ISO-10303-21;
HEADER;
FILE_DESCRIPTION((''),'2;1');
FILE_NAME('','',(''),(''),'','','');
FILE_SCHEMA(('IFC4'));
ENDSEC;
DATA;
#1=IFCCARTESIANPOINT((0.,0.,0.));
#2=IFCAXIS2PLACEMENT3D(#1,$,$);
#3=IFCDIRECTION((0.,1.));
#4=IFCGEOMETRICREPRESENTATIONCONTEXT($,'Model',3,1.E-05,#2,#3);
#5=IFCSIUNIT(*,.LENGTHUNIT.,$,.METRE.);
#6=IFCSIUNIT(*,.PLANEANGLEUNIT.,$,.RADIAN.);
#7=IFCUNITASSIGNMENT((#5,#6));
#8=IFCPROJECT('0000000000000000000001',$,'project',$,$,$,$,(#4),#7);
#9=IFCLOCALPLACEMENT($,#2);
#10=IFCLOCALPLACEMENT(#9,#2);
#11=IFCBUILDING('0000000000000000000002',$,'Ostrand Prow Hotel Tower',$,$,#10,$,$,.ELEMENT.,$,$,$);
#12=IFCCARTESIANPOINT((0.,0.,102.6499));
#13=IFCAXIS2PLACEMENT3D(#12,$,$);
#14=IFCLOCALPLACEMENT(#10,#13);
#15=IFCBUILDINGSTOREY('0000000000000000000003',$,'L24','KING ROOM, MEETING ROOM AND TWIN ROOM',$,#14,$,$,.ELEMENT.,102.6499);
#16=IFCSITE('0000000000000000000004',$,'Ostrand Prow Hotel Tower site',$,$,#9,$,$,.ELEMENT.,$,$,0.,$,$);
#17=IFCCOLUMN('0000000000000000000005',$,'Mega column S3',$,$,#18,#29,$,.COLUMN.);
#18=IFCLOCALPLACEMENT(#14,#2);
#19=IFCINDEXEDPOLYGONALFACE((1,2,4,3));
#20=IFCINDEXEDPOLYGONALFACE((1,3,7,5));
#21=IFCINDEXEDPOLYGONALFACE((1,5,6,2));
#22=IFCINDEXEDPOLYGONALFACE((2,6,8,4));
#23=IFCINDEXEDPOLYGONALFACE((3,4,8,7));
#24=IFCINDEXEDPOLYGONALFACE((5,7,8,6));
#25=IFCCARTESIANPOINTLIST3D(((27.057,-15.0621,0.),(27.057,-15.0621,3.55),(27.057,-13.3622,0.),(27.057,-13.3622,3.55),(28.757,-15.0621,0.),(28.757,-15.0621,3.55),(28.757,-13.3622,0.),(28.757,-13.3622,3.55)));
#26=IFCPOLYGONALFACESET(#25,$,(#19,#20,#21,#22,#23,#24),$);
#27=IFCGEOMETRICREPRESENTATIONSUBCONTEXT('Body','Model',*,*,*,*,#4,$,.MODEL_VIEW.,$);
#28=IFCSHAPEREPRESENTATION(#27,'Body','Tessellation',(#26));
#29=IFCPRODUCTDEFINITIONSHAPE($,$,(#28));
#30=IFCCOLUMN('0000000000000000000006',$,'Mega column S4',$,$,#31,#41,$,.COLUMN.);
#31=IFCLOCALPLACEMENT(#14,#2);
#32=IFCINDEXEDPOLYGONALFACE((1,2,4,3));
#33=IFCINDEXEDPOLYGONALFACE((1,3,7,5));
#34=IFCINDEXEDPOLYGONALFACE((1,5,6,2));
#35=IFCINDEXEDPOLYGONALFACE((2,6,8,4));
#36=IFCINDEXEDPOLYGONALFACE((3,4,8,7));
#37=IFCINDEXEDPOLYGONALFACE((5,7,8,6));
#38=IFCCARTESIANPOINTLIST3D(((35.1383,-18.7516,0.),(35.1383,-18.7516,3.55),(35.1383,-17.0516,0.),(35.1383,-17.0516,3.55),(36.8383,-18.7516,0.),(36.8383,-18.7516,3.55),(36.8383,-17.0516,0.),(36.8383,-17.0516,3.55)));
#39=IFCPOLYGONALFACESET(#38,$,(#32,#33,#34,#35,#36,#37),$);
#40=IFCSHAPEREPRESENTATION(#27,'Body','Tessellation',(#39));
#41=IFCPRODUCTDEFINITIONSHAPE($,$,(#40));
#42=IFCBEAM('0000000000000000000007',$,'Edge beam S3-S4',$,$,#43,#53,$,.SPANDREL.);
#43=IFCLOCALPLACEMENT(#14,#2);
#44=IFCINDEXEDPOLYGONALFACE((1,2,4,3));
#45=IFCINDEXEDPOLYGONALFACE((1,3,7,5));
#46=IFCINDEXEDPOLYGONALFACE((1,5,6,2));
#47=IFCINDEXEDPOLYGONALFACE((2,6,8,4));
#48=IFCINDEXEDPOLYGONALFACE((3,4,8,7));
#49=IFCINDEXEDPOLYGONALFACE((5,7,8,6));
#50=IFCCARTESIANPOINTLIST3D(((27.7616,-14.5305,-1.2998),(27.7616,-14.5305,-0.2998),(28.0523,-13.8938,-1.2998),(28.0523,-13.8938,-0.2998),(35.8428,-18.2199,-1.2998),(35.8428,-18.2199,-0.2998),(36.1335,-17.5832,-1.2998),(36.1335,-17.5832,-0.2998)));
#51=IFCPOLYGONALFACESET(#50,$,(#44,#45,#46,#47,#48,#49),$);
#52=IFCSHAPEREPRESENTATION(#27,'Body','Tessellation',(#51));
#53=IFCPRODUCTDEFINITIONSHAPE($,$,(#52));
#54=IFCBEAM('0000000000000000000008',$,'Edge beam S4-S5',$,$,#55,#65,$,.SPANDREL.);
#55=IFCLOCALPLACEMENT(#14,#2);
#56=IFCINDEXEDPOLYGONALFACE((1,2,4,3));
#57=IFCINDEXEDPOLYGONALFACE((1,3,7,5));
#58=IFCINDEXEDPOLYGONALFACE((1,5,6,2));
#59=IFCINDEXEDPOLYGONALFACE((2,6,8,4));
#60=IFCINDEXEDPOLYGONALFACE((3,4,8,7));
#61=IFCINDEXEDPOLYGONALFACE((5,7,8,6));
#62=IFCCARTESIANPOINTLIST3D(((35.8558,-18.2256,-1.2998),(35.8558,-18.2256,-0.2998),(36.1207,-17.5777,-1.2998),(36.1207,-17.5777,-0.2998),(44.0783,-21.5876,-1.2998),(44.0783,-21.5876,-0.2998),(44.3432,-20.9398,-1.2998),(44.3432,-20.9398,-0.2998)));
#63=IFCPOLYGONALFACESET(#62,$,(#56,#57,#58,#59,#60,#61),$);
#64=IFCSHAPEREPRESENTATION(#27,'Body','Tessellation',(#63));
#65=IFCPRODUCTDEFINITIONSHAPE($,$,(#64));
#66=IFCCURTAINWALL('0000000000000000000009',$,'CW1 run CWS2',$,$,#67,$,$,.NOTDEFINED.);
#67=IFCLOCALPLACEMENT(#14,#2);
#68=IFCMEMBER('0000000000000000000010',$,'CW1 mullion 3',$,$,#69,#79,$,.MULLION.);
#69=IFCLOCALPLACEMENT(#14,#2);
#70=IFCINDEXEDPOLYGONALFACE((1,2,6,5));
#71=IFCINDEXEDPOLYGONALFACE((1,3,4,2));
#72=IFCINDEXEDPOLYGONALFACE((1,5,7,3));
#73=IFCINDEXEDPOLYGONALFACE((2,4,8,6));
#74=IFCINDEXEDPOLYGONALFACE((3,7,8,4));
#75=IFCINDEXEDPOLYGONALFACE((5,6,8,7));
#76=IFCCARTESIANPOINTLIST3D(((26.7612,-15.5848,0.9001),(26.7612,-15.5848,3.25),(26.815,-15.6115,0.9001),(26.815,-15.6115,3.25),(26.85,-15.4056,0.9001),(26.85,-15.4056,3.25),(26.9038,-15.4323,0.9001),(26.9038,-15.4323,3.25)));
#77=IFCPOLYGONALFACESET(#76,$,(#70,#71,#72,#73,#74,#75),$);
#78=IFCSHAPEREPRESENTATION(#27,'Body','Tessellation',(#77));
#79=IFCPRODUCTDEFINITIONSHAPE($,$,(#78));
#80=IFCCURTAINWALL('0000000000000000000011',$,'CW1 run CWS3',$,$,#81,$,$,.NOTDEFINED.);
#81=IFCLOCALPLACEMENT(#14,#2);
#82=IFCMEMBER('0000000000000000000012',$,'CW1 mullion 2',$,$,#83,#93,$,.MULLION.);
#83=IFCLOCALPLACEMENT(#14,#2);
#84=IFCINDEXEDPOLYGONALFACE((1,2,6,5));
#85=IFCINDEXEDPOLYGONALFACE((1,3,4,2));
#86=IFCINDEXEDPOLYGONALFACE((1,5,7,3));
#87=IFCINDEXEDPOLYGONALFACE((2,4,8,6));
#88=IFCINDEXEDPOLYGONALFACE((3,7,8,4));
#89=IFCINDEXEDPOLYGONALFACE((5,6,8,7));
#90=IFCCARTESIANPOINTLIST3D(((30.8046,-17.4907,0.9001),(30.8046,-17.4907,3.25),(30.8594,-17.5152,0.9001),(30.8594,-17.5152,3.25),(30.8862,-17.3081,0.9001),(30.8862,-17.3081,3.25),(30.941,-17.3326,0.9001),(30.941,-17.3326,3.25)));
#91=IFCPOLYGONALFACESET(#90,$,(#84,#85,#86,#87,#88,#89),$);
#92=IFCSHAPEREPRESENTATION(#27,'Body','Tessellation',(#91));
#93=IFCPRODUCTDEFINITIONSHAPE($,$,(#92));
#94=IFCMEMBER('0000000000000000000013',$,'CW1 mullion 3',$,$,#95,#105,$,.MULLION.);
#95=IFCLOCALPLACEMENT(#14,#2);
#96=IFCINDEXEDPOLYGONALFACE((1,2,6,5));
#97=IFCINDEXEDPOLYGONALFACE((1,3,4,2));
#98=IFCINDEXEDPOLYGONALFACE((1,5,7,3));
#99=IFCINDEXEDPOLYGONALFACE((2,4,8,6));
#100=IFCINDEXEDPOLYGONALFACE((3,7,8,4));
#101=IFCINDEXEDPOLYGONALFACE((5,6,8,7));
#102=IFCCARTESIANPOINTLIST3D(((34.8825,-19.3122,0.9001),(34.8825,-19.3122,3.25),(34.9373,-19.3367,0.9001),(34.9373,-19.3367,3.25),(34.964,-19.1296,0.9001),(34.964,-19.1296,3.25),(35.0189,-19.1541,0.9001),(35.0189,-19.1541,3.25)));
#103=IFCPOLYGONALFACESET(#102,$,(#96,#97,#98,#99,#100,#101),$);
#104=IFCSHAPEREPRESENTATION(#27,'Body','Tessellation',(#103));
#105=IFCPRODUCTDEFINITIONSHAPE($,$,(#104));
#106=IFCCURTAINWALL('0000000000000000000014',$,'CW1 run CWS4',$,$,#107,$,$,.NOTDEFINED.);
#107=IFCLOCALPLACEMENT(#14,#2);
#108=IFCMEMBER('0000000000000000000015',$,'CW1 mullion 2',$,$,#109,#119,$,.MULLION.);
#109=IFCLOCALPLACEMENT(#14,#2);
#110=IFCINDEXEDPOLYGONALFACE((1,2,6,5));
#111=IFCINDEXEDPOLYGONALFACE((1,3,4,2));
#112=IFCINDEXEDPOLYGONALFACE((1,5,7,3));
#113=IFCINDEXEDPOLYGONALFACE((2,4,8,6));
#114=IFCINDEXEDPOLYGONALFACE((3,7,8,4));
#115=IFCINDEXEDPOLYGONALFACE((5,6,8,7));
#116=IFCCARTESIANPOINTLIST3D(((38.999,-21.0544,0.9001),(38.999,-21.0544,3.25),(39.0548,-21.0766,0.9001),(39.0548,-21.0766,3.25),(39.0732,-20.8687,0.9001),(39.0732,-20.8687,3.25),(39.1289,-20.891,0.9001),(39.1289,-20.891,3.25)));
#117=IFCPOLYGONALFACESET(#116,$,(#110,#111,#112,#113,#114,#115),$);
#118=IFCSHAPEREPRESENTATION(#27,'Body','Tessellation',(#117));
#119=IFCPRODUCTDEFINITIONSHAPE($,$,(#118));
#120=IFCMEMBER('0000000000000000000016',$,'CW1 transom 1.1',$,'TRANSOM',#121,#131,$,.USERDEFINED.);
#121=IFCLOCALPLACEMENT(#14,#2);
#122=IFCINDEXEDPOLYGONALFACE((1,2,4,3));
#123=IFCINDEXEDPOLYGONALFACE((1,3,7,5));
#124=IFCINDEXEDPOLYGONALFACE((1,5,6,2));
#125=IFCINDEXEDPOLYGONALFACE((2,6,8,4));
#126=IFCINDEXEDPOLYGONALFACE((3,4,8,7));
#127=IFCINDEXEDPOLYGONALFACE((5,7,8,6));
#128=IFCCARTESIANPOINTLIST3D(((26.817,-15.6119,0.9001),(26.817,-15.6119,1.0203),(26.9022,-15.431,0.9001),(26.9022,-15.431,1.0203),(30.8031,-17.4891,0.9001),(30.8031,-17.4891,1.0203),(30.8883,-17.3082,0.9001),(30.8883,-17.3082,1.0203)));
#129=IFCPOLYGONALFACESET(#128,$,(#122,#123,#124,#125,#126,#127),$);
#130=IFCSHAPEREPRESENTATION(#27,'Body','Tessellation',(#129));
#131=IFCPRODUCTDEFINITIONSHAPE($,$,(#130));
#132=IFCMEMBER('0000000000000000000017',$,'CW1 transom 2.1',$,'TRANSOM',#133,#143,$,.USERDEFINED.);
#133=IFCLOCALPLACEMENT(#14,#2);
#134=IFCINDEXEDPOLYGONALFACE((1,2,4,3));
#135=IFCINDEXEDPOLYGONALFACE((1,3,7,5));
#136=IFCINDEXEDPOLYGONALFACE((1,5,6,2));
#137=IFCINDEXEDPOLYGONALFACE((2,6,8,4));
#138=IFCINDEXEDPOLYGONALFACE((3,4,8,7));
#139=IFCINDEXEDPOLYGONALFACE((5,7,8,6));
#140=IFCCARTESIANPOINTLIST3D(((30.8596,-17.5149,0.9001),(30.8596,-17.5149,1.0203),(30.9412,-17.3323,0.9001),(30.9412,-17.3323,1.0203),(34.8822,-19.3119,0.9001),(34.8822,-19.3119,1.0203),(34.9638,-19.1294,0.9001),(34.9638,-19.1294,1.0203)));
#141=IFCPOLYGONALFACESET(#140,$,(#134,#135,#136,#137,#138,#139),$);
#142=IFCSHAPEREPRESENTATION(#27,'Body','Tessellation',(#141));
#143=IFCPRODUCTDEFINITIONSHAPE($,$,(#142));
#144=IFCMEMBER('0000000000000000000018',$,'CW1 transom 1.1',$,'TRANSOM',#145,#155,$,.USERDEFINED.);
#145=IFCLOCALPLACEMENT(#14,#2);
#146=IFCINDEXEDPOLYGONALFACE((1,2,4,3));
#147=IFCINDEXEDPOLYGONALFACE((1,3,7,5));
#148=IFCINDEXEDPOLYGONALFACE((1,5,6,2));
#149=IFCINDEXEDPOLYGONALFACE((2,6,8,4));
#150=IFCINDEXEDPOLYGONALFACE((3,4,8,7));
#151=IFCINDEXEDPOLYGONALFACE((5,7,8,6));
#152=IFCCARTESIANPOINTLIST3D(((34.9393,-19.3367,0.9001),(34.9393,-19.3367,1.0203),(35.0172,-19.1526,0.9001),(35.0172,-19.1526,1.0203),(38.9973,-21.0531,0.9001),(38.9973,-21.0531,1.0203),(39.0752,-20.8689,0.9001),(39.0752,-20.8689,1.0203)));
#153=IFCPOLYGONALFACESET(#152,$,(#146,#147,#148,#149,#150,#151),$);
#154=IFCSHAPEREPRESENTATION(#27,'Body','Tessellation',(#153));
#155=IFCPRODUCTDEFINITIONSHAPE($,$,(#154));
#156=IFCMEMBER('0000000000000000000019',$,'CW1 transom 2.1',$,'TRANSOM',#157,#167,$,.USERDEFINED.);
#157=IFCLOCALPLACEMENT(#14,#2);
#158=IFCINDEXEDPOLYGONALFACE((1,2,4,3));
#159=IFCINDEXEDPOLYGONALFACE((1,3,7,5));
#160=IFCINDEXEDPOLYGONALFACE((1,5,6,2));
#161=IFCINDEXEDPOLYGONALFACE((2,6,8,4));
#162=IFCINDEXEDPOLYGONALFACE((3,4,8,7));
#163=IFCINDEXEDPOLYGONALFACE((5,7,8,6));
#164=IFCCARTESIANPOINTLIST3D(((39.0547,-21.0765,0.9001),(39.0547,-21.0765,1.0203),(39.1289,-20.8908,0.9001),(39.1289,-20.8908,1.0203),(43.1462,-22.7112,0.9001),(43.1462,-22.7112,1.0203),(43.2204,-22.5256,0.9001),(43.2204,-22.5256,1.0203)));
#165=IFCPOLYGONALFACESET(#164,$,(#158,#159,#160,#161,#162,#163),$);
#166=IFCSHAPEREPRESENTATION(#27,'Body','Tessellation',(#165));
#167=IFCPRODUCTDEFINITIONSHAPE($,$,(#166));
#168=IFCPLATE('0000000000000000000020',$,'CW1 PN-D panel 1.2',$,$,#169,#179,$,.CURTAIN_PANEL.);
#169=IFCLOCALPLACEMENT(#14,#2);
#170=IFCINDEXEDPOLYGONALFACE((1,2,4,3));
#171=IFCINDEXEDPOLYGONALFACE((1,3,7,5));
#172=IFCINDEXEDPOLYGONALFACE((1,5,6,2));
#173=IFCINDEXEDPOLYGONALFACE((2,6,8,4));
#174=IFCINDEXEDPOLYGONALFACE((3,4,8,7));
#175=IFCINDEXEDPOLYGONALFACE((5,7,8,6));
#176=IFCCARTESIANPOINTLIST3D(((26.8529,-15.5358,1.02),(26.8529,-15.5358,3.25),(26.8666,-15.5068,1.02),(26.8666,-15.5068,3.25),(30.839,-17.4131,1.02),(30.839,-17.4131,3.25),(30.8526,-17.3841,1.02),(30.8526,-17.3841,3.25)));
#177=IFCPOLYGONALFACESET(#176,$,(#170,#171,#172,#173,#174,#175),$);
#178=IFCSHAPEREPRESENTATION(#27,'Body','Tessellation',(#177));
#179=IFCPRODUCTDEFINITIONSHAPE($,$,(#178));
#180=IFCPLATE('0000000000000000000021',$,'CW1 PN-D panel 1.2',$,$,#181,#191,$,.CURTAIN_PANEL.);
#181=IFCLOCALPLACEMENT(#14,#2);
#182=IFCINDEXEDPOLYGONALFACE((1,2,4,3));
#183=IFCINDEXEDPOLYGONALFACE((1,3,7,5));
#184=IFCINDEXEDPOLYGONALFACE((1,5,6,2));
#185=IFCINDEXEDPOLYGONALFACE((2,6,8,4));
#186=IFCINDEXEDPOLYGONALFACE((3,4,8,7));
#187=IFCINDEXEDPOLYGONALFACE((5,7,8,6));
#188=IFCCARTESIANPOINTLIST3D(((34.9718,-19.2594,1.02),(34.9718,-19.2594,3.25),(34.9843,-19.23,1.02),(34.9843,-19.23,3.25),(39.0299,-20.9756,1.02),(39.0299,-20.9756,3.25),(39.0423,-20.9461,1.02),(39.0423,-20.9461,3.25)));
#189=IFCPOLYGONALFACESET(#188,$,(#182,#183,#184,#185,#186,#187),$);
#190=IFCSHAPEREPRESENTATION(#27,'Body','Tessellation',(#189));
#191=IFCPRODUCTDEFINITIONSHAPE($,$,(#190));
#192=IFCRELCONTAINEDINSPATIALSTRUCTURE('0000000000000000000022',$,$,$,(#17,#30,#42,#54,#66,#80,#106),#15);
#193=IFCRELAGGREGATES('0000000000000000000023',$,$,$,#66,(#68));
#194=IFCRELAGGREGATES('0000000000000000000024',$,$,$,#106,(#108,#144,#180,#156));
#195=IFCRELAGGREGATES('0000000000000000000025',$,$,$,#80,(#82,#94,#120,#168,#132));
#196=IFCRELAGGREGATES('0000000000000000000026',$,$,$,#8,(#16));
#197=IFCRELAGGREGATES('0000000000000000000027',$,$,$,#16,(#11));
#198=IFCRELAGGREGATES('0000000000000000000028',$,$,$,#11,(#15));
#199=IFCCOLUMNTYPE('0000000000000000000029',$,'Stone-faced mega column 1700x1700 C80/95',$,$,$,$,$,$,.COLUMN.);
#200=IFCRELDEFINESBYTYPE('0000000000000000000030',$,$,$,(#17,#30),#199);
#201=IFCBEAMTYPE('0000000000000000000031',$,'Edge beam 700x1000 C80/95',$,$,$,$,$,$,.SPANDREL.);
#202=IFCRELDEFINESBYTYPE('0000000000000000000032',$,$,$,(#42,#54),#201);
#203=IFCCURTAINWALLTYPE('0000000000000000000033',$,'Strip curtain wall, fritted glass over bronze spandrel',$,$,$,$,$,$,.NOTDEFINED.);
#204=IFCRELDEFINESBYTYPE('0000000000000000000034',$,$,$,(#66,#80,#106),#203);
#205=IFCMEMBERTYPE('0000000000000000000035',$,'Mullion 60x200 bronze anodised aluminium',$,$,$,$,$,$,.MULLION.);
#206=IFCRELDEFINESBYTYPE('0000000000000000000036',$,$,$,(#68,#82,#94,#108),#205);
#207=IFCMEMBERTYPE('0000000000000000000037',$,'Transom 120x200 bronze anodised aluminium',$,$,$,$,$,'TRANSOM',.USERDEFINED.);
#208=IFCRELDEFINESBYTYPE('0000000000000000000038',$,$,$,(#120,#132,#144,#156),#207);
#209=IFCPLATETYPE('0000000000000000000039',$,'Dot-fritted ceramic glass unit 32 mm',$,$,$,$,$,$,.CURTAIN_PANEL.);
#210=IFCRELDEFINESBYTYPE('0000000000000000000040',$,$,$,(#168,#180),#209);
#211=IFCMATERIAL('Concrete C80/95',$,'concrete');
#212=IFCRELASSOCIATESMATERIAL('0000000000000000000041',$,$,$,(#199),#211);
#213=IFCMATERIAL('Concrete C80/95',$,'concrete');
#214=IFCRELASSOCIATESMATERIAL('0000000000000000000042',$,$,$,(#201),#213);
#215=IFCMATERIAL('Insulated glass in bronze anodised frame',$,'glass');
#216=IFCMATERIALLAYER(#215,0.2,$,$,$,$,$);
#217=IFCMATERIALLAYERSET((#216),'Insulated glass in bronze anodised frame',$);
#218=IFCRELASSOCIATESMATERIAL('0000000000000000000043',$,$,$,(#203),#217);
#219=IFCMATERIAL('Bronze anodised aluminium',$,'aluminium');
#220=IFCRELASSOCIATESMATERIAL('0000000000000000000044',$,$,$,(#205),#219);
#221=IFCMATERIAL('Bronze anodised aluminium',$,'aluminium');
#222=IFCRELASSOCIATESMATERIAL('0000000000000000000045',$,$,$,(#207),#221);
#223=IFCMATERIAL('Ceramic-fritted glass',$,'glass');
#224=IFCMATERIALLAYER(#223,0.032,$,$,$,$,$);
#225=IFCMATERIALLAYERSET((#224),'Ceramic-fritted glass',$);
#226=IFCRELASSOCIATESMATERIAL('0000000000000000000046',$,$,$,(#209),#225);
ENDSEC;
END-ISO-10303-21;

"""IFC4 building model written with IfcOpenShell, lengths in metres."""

from ifc_helpers import new_model, si_unit, direction, frame, origin, origin_2d, place, context, subcontext, project, spatial, rectangle, extrude, material, layer, layer_set, material_profile, profile_set, type_object, element, aggregate, save


model = new_model("IFC4")

# Units and contexts
model_context = context("Model", 3, precision=1e-05, world=origin(), true_north=direction((0.0, 1.0)))
body_context = subcontext(model_context, "Body", "Model", "MODEL_VIEW")
ifc_project = project(units=[si_unit("LENGTHUNIT", "METRE"), si_unit("PLANEANGLEUNIT", "RADIAN")], contexts=[model_context])

# Site, building, storey
site_placement = place(None, origin())
site = spatial("IfcSite", under=ifc_project, at=site_placement, Name="Ostrand Prow Hotel Tower site", CompositionType="ELEMENT", RefElevation=0.0)
building_placement = place(site_placement, origin())
building = spatial("IfcBuilding", under=site, at=building_placement, Name="Ostrand Prow Hotel Tower", CompositionType="ELEMENT")
storey_placement = place(building_placement, frame((0.0, 0.0, 102.6499)))
storey = spatial("IfcBuildingStorey", under=building, at=storey_placement, Name="L24", Description="KING ROOM, MEETING ROOM AND TWIN ROOM", CompositionType="ELEMENT", Elevation=102.6499)

# Columns
ifc_material_1 = material(Name="Concrete C80/95", Category="concrete")
ifc_material_profile_1 = material_profile(ifc_material_1, rectangle(XDim=1.7, YDim=1.7, at=origin_2d()), Name="RC 1700x1700")
ifc_profile_set_1 = profile_set([ifc_material_profile_1], Name="Concrete C80/95")
column_type = type_object("IfcColumnType", Name="Stone-faced mega column 1700x1700 C80/95", PredefinedType="COLUMN", material=ifc_profile_set_1)
for number, where, z_axis, x_axis, name in (
    (1, (27.907, -14.2122, 0.0), (0.0, 0.0, 1.0), (1.0, 0.0, 0.0), "Mega column S3"),
    (2, (35.9883, -17.9016, 0.0), (0.0, 0.0, 1.0), (1.0, 0.0, 0.0), "Mega column S4"),
):
    element("IfcColumn", number, at=place(storey_placement, frame(where, z_axis=z_axis, x_axis=x_axis)), inside=storey, type_object=column_type, Name=name, PredefinedType="COLUMN", context=body_context, shape_type="SweptSolid", body=[
        extrude(rectangle(XDim=1.7, YDim=1.7, at=origin_2d()), origin(), (0.0, 0.0, 1.0), 3.55),
    ])

# Beams
ifc_material_2 = material(Name="Concrete C80/95", Category="concrete")
ifc_material_profile_2 = material_profile(ifc_material_2, rectangle(XDim=0.7, YDim=1.0, at=origin_2d()), Name="RC 700x1000")
ifc_profile_set_2 = profile_set([ifc_material_profile_2], Name="Concrete C80/95")
beam_type = type_object("IfcBeamType", Name="Edge beam 700x1000 C80/95", PredefinedType="SPANDREL", material=ifc_profile_set_2)
beam_1_placement = place(storey_placement, frame((27.907, -14.2122, -0.7998), z_axis=(0.909681, -0.415308, 0.0), x_axis=(0.415308, 0.909681, 0.0)))
element("IfcBeam", 3, at=beam_1_placement, inside=storey, type_object=beam_type, Name="Edge beam S3-S4", PredefinedType="SPANDREL", context=body_context, shape_type="SweptSolid", body=[
    extrude(rectangle(XDim=0.7, YDim=1.0, at=origin_2d()), origin(), (0.0, 0.0, 1.0), 8.8835),
])
beam_2_placement = place(storey_placement, frame((35.9883, -17.9016, -0.7998), z_axis=(0.925612, -0.378473, 0.0), x_axis=(0.378473, 0.925612, 0.0)))
element("IfcBeam", 4, at=beam_2_placement, inside=storey, type_object=beam_type, Name="Edge beam S4-S5", PredefinedType="SPANDREL", context=body_context, shape_type="SweptSolid", body=[
    extrude(rectangle(XDim=0.7, YDim=1.0, at=origin_2d()), origin(), (0.0, 0.0, 1.0), 8.8833),
])

# Curtain wall, member
ifc_material_3 = material(Name="Insulated glass in bronze anodised frame", Category="glass")
ifc_layer_1 = layer(ifc_material_3, 0.2)
ifc_layer_set_1 = layer_set([ifc_layer_1], Name="Insulated glass in bronze anodised frame")
curtain_wall_type = type_object("IfcCurtainWallType", Name="Strip curtain wall, fritted glass over bronze spandrel", PredefinedType="NOTDEFINED", material=ifc_layer_set_1)
curtain_wall_1_placement = place(storey_placement, origin())
curtain_wall_1 = element("IfcCurtainWall", 5, at=curtain_wall_1_placement, inside=storey, type_object=curtain_wall_type, Name="CW1 run CWS2", PredefinedType="NOTDEFINED")
ifc_material_4 = material(Name="Bronze anodised aluminium", Category="aluminium")
ifc_material_profile_3 = material_profile(ifc_material_4, rectangle(XDim=0.2, YDim=0.0601, at=origin_2d()), Name="Mullion 60x200 bronze anodised aluminium")
ifc_profile_set_3 = profile_set([ifc_material_profile_3], Name="Bronze anodised aluminium")
member_type_1 = type_object("IfcMemberType", Name="Mullion 60x200 bronze anodised aluminium", PredefinedType="MULLION", material=ifc_profile_set_3)
member_1_placement = place(storey_placement, frame((26.8325, -15.5085, 0.9001), z_axis=(0.0, 0.0, 1.0), x_axis=(0.444113, 0.895971, 0.0)))
member_1 = element("IfcMember", 6, at=member_1_placement, type_object=member_type_1, Name="CW1 mullion 3", PredefinedType="MULLION", context=body_context, shape_type="SweptSolid", body=[
    extrude(rectangle(XDim=0.2, YDim=0.0601, at=origin_2d()), origin(), (0.0, 0.0, 1.0), 2.3499),
])
aggregate(curtain_wall_1, [member_1])

# Curtain wall, members
curtain_wall_2_placement = place(storey_placement, origin())
curtain_wall_2 = element("IfcCurtainWall", 7, at=curtain_wall_2_placement, inside=storey, type_object=curtain_wall_type, Name="CW1 run CWS3", PredefinedType="NOTDEFINED")
member_2_placement = place(storey_placement, frame((30.8728, -17.4116, 0.9001), z_axis=(0.0, 0.0, 1.0), x_axis=(0.407875, 0.913038, 0.0)))
member_2 = element("IfcMember", 8, at=member_2_placement, type_object=member_type_1, Name="CW1 mullion 2", PredefinedType="MULLION", context=body_context, shape_type="SweptSolid", body=[
    extrude(rectangle(XDim=0.2, YDim=0.0601, at=origin_2d()), origin(), (0.0, 0.0, 1.0), 2.3499),
])
member_3_placement = place(storey_placement, frame((34.9507, -19.2332, 0.9001), z_axis=(0.0, 0.0, 1.0), x_axis=(0.407875, 0.913038, 0.0)))
member_3 = element("IfcMember", 9, at=member_3_placement, type_object=member_type_1, Name="CW1 mullion 3", PredefinedType="MULLION", context=body_context, shape_type="SweptSolid", body=[
    extrude(rectangle(XDim=0.2, YDim=0.0601, at=origin_2d()), origin(), (0.0, 0.0, 1.0), 2.3499),
])

# Curtain wall, member
curtain_wall_3_placement = place(storey_placement, origin())
curtain_wall_3 = element("IfcCurtainWall", 10, at=curtain_wall_3_placement, inside=storey, type_object=curtain_wall_type, Name="CW1 run CWS4", PredefinedType="NOTDEFINED")
member_4_placement = place(storey_placement, frame((39.064, -20.9727, 0.9001), z_axis=(0.0, 0.0, 1.0), x_axis=(0.370982, 0.92864, 0.0)))
member_4 = element("IfcMember", 11, at=member_4_placement, type_object=member_type_1, Name="CW1 mullion 2", PredefinedType="MULLION", context=body_context, shape_type="SweptSolid", body=[
    extrude(rectangle(XDim=0.2, YDim=0.0601, at=origin_2d()), origin(), (0.0, 0.0, 1.0), 2.3499),
])

# Members
ifc_material_5 = material(Name="Bronze anodised aluminium", Category="aluminium")
ifc_material_profile_4 = material_profile(ifc_material_5, rectangle(XDim=0.2, YDim=0.1201, at=origin_2d()), Name="Transom 120x200 bronze anodised aluminium")
ifc_profile_set_4 = profile_set([ifc_material_profile_4], Name="Bronze anodised aluminium")
member_type_2 = type_object("IfcMemberType", Name="Transom 120x200 bronze anodised aluminium", ElementType="TRANSOM", PredefinedType="USERDEFINED", material=ifc_profile_set_4)
member_5_placement = place(storey_placement, frame((26.8596, -15.5215, 0.9602), z_axis=(0.904697, -0.426056, 0.0), x_axis=(0.426056, 0.904697, 0.0)))
member_5 = element("IfcMember", 12, at=member_5_placement, type_object=member_type_2, Name="CW1 transom 1.1", ObjectType="TRANSOM", PredefinedType="USERDEFINED", context=body_context, shape_type="SweptSolid", body=[
    extrude(rectangle(XDim=0.2, YDim=0.1201, at=origin_2d()), origin(), (0.0, 0.0, 1.0), 4.406),
])
member_6_placement = place(storey_placement, frame((30.9004, -17.4236, 0.9602), z_axis=(0.913031, -0.407891, 0.0), x_axis=(0.407891, 0.913031, 0.0)))
member_6 = element("IfcMember", 13, at=member_6_placement, type_object=member_type_2, Name="CW1 transom 2.1", ObjectType="TRANSOM", PredefinedType="USERDEFINED", context=body_context, shape_type="SweptSolid", body=[
    extrude(rectangle(XDim=0.2, YDim=0.1201, at=origin_2d()), origin(), (0.0, 0.0, 1.0), 4.4058),
])
member_7_placement = place(storey_placement, frame((34.9783, -19.2446, 0.9602), z_axis=(0.921006, -0.389548, 0.0), x_axis=(0.389548, 0.921006, 0.0)))
member_7 = element("IfcMember", 14, at=member_7_placement, type_object=member_type_2, Name="CW1 transom 1.1", ObjectType="TRANSOM", PredefinedType="USERDEFINED", context=body_context, shape_type="SweptSolid", body=[
    extrude(rectangle(XDim=0.2, YDim=0.1201, at=origin_2d()), origin(), (0.0, 0.0, 1.0), 4.406),
])
member_8_placement = place(storey_placement, frame((39.0918, -20.9836, 0.9602), z_axis=(0.928622, -0.371028, 0.0), x_axis=(0.371028, 0.928622, 0.0)))
member_8 = element("IfcMember", 15, at=member_8_placement, type_object=member_type_2, Name="CW1 transom 2.1", ObjectType="TRANSOM", PredefinedType="USERDEFINED", context=body_context, shape_type="SweptSolid", body=[
    extrude(rectangle(XDim=0.2, YDim=0.1201, at=origin_2d()), origin(), (0.0, 0.0, 1.0), 4.406),
])

# Plates
ifc_material_6 = material(Name="Ceramic-fritted glass", Category="glass")
ifc_layer_2 = layer(ifc_material_6, 0.032)
ifc_layer_set_2 = layer_set([ifc_layer_2], Name="Ceramic-fritted glass")
plate_type_1 = type_object("IfcPlateType", Name="Dot-fritted ceramic glass unit 32 mm", PredefinedType="CURTAIN_PANEL", material=ifc_layer_set_2)
plate_1_placement = place(storey_placement, frame((28.8528, -16.46, 1.02), z_axis=(0.0, 0.0, 1.0), x_axis=(0.904686, -0.426079, 0.0)))
plate_1 = element("IfcPlate", 16, at=plate_1_placement, type_object=plate_type_1, Name="CW1 PN-D panel 1.2", PredefinedType="CURTAIN_PANEL", context=body_context, shape_type="SweptSolid", body=[
    extrude(rectangle(XDim=4.406, YDim=0.032, at=origin_2d()), origin(), (0.0, 0.0, 1.0), 2.23),
])
plate_2_placement = place(storey_placement, frame((37.0071, -20.1028, 1.02), z_axis=(0.0, 0.0, 1.0), x_axis=(0.921024, -0.389507, 0.0)))
plate_2 = element("IfcPlate", 17, at=plate_2_placement, type_object=plate_type_1, Name="CW1 PN-D panel 1.2", PredefinedType="CURTAIN_PANEL", context=body_context, shape_type="SweptSolid", body=[
    extrude(rectangle(XDim=4.406, YDim=0.032, at=origin_2d()), origin(), (0.0, 0.0, 1.0), 2.23),
])
aggregate(curtain_wall_3, [member_4, member_7, plate_2, member_8])
aggregate(curtain_wall_2, [member_2, member_3, member_5, plate_1, member_6])

save(model, "model.ifc")
